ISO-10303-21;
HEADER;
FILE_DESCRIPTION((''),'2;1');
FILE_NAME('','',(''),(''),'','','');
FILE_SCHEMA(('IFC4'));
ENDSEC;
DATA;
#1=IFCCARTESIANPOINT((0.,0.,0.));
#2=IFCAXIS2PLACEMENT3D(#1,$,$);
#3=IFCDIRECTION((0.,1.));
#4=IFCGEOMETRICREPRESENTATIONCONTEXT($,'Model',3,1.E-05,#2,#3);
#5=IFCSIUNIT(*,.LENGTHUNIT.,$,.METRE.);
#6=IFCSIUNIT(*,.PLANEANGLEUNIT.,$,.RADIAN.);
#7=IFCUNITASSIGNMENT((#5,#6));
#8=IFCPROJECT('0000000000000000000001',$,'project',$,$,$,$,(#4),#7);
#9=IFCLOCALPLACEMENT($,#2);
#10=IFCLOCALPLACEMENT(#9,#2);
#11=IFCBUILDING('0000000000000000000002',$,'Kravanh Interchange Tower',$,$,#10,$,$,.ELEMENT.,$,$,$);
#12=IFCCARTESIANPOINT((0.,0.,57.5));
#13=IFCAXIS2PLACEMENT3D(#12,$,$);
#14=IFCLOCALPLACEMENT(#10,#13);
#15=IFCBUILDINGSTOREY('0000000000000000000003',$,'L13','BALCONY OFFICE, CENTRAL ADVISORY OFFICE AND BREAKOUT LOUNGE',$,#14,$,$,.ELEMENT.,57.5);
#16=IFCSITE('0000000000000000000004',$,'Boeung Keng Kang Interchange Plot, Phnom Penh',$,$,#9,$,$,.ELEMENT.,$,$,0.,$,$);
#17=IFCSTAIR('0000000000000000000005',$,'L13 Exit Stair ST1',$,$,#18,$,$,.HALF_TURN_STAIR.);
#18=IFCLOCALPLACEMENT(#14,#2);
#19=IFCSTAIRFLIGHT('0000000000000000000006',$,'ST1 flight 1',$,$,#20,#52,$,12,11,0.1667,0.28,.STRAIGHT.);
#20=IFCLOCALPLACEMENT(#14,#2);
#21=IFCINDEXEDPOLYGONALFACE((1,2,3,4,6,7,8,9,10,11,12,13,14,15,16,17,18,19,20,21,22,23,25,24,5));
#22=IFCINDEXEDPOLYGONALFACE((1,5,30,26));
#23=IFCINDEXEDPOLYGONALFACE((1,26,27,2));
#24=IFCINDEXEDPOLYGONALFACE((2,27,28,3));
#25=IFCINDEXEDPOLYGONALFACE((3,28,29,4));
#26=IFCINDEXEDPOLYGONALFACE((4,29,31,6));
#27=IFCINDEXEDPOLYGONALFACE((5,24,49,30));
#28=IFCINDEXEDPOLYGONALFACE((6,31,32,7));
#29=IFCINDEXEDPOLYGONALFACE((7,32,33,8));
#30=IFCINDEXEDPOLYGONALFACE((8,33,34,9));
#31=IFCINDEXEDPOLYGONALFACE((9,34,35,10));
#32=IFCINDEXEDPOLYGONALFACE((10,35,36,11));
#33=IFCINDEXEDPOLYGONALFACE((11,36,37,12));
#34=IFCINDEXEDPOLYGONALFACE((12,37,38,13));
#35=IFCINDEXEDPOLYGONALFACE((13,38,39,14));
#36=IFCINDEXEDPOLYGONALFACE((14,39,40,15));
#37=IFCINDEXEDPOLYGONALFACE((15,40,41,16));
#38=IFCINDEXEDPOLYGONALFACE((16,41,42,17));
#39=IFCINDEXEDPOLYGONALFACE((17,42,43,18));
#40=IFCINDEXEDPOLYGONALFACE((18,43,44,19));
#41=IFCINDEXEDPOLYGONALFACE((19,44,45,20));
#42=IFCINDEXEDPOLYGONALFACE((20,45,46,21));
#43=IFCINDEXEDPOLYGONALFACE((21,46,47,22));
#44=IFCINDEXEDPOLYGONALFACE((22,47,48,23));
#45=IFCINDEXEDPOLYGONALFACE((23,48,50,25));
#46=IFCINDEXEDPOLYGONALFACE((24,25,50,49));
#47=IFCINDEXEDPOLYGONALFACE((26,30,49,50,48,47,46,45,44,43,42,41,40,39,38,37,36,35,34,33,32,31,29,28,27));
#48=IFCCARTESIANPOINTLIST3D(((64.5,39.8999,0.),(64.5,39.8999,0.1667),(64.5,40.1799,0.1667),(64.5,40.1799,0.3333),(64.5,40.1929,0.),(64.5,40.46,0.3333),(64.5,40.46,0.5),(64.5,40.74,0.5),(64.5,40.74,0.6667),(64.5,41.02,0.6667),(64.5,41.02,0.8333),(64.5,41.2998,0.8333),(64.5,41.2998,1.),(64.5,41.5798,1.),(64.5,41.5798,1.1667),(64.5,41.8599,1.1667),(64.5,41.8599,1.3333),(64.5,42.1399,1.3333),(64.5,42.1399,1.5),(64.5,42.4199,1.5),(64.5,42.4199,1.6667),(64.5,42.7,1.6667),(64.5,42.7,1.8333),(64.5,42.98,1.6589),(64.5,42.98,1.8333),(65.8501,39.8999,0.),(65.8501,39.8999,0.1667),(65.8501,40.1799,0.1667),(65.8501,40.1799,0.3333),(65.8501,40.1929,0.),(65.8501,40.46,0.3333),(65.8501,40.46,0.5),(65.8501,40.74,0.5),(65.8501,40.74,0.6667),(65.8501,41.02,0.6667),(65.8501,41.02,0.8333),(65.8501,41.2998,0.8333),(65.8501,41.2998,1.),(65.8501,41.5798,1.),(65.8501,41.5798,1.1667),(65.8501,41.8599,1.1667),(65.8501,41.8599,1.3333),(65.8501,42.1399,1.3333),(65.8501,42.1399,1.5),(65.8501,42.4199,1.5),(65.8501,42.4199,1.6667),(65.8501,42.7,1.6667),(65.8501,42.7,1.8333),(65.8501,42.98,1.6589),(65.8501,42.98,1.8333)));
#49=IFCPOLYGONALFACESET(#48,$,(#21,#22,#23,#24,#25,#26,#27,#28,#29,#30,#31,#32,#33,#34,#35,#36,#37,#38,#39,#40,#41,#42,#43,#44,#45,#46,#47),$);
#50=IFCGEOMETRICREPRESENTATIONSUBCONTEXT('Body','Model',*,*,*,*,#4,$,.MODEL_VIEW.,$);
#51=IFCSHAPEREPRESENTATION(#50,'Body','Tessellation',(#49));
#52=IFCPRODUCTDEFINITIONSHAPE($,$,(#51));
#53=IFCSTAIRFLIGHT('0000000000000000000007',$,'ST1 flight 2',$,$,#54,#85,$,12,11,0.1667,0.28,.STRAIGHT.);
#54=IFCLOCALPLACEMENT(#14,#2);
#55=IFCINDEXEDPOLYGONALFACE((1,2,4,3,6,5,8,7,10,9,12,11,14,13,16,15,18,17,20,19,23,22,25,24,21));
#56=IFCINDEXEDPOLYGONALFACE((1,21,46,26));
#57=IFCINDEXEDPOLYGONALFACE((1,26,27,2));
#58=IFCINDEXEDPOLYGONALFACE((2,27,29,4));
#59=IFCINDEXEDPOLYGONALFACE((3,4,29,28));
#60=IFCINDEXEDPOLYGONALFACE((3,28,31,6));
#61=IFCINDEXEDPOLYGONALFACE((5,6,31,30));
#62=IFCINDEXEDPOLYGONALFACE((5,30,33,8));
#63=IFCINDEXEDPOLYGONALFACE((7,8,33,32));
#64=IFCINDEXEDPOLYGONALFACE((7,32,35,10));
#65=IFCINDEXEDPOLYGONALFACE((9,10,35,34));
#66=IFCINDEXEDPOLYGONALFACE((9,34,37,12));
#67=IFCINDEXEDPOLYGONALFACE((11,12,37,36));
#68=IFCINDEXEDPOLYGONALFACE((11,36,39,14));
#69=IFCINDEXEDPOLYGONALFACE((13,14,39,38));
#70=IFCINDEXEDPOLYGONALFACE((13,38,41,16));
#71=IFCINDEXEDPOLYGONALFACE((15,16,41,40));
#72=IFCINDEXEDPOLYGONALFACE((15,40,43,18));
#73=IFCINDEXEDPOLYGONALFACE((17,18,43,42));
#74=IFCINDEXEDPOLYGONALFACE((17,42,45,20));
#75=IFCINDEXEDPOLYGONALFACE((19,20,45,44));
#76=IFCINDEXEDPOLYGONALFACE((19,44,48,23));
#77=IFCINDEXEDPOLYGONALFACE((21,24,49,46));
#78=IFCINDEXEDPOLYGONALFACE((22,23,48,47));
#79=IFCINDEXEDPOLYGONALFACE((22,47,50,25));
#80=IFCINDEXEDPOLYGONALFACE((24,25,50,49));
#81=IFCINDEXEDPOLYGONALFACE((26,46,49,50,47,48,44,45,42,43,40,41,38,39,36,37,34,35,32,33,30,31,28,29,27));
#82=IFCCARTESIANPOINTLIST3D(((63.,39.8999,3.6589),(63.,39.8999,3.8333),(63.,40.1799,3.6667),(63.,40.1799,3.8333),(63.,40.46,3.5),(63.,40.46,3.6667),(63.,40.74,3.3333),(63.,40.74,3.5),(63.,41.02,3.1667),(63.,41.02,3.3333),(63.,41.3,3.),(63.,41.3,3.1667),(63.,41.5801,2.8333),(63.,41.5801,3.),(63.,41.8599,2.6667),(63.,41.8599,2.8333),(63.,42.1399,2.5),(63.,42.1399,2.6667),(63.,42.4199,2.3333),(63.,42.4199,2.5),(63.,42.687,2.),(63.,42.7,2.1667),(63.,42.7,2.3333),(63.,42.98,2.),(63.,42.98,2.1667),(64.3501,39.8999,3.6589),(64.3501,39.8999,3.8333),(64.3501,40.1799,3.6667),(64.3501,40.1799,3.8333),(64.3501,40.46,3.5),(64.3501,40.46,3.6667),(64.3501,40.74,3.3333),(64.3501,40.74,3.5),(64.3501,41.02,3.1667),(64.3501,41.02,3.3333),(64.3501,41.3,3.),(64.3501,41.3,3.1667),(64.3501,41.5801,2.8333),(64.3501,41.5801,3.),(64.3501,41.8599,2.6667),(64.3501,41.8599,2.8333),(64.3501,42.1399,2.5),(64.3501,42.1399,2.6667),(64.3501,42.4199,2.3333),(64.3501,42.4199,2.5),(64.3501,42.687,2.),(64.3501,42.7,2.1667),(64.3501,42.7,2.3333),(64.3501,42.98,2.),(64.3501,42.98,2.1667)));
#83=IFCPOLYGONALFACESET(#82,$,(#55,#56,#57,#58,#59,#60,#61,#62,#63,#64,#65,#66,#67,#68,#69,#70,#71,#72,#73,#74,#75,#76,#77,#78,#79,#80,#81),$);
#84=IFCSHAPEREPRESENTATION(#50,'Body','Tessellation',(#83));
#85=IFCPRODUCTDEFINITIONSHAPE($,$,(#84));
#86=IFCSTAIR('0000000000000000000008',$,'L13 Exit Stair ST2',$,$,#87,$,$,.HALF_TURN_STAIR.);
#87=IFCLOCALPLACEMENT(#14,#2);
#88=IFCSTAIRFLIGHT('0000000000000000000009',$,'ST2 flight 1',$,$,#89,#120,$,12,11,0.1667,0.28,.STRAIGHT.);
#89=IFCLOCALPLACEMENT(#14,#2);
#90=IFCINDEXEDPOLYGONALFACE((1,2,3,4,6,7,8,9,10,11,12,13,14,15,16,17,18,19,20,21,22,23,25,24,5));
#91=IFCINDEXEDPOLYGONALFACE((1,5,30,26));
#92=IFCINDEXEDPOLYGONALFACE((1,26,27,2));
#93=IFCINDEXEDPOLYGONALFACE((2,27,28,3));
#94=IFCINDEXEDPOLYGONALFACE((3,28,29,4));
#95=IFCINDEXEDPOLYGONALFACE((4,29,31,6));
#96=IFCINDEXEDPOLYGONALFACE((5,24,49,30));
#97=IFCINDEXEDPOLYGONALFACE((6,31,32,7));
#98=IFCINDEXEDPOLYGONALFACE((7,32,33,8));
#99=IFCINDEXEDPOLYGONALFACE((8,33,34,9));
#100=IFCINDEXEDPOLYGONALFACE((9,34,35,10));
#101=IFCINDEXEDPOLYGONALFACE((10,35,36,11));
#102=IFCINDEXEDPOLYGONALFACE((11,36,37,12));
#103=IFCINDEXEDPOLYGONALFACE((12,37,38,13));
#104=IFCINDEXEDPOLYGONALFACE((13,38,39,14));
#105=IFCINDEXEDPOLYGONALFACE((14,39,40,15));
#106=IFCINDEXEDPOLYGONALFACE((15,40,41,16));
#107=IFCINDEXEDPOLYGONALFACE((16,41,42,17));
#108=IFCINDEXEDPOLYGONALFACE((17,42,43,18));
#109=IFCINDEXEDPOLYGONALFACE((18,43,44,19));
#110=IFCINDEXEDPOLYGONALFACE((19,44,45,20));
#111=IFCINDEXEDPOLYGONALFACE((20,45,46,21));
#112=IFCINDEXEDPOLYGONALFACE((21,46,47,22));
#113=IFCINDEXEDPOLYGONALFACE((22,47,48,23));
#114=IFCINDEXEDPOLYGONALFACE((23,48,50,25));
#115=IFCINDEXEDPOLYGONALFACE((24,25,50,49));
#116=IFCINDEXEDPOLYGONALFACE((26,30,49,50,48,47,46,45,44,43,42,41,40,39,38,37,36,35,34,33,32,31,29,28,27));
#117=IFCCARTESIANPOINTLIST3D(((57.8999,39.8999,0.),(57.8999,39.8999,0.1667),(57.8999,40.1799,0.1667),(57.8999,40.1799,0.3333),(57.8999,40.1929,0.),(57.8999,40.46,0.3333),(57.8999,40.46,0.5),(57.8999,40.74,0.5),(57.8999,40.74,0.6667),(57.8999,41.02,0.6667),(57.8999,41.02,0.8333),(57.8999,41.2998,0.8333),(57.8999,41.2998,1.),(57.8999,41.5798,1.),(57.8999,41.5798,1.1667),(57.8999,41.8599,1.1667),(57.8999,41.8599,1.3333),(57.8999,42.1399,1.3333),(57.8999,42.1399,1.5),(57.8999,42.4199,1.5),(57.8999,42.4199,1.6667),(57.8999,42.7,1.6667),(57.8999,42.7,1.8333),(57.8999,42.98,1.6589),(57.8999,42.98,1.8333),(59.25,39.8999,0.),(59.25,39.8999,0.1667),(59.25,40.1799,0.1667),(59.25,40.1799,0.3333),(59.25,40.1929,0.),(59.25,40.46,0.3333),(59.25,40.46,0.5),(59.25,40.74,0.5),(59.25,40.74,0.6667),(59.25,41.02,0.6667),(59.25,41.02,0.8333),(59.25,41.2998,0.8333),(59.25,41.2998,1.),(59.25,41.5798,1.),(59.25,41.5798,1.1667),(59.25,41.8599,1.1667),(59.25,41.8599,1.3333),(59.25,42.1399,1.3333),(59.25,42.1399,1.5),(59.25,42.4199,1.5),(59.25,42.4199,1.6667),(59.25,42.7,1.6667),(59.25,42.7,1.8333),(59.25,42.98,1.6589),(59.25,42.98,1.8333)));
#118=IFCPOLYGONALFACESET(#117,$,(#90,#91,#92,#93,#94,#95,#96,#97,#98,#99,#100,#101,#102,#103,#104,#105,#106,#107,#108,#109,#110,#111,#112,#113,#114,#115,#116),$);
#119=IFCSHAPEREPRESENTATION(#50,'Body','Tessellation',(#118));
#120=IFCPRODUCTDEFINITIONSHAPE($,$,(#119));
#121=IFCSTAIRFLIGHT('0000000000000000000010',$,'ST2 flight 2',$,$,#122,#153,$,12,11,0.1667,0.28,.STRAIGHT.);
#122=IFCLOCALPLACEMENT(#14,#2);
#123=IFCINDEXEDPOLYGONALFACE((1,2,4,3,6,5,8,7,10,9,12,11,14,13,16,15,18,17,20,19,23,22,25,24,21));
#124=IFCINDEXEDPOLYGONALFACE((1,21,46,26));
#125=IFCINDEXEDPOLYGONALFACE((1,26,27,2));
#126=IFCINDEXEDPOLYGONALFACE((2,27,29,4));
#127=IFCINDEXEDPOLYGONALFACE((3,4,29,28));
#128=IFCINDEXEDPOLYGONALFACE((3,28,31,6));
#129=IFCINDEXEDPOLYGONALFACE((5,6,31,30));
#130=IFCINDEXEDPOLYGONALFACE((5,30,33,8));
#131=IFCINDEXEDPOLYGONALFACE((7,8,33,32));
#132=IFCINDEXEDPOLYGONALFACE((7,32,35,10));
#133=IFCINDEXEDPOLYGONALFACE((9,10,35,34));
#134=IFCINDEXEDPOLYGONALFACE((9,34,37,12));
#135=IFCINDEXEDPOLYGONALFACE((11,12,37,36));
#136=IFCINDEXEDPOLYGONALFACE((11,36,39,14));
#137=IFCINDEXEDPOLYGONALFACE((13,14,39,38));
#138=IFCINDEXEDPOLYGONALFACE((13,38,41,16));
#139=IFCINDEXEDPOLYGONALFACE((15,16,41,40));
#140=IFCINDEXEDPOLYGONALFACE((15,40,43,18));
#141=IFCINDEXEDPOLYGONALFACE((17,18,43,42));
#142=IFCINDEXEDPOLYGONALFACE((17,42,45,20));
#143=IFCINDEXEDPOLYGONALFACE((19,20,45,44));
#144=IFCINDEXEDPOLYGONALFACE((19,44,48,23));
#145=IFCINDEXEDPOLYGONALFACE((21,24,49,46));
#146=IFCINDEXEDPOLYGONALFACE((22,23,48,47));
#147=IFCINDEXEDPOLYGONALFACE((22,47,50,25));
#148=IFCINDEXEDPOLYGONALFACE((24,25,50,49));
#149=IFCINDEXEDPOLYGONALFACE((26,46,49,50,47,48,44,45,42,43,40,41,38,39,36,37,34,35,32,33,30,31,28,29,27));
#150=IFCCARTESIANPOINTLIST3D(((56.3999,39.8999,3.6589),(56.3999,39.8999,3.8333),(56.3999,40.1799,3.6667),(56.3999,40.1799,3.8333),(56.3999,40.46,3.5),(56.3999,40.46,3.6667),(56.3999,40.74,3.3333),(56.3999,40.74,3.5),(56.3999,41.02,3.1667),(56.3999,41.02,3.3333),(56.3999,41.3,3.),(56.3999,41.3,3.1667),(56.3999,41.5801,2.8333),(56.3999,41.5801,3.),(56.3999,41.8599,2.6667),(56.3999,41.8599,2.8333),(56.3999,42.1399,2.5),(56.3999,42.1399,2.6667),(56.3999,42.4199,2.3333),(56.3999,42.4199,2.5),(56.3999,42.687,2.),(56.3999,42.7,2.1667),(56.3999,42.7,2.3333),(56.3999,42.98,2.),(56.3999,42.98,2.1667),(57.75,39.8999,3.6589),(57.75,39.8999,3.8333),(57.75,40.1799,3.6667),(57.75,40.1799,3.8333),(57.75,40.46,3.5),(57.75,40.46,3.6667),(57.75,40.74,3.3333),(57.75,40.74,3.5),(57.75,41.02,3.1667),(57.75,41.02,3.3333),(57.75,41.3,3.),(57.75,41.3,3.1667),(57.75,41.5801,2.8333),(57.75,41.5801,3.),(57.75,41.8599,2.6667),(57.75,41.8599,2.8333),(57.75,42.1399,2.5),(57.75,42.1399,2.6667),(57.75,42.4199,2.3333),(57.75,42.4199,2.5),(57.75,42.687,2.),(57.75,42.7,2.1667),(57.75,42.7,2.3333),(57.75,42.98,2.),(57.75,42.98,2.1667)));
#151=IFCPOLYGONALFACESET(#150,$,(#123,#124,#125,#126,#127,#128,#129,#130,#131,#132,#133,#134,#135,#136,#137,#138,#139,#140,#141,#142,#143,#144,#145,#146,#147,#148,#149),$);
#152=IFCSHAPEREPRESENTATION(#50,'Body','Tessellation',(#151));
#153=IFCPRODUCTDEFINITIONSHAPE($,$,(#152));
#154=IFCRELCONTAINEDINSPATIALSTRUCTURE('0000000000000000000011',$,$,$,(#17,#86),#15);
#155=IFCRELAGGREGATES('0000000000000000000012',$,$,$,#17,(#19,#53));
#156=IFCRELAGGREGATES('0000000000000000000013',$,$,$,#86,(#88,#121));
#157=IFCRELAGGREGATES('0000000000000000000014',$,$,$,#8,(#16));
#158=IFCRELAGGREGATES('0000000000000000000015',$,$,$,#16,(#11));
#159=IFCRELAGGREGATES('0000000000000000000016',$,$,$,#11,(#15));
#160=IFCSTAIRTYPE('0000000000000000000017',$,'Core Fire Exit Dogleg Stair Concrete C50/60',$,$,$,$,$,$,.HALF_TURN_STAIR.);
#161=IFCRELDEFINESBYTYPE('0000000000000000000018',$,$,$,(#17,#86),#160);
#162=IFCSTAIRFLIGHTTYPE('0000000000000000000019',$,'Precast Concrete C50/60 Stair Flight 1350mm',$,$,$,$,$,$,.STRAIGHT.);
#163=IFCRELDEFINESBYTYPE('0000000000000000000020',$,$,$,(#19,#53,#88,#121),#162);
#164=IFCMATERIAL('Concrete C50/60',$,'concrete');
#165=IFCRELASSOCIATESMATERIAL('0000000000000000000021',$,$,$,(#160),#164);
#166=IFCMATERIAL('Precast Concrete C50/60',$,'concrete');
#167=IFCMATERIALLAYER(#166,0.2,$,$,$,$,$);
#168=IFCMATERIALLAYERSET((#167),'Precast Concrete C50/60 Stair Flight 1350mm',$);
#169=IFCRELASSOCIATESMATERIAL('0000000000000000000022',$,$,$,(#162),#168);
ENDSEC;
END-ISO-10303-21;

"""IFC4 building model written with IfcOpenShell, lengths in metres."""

from ifc_helpers import new_model, si_unit, direction, frame, origin, place, context, subcontext, project, spatial, polyline, outline, extrude, material, layer, layer_set, type_object, element, aggregate, save


model = new_model("IFC4")

# Units and contexts
model_context = context("Model", 3, precision=1e-05, world=origin(), true_north=direction((0.0, 1.0)))
body_context = subcontext(model_context, "Body", "Model", "MODEL_VIEW")
ifc_project = project(units=[si_unit("LENGTHUNIT", "METRE"), si_unit("PLANEANGLEUNIT", "RADIAN")], contexts=[model_context])

# Site, building, storey
site_placement = place(None, origin())
site = spatial("IfcSite", under=ifc_project, at=site_placement, Name="Boeung Keng Kang Interchange Plot, Phnom Penh", CompositionType="ELEMENT", RefElevation=0.0)
building_placement = place(site_placement, origin())
building = spatial("IfcBuilding", under=site, at=building_placement, Name="Kravanh Interchange Tower", CompositionType="ELEMENT")
storey_placement = place(building_placement, frame((0.0, 0.0, 57.5)))
storey = spatial("IfcBuildingStorey", under=building, at=storey_placement, Name="L13", Description="BALCONY OFFICE, CENTRAL ADVISORY OFFICE AND BREAKOUT LOUNGE", CompositionType="ELEMENT", Elevation=57.5)

# Stairs, stair flights
ifc_material_1 = material(Name="Concrete C50/60", Category="concrete")
stair_type = type_object("IfcStairType", Name="Core Fire Exit Dogleg Stair Concrete C50/60", PredefinedType="HALF_TURN_STAIR", material=ifc_material_1)
stair_1_placement = place(storey_placement, origin())
stair_1 = element("IfcStair", 1, at=stair_1_placement, inside=storey, type_object=stair_type, Name="L13 Exit Stair ST1", PredefinedType="HALF_TURN_STAIR")
ifc_material_2 = material(Name="Precast Concrete C50/60", Category="concrete")
ifc_layer_1 = layer(ifc_material_2, 0.2)
ifc_layer_set_1 = layer_set([ifc_layer_1], Name="Precast Concrete C50/60 Stair Flight 1350mm")
stair_flight_type = type_object("IfcStairFlightType", Name="Precast Concrete C50/60 Stair Flight 1350mm", PredefinedType="STRAIGHT", material=ifc_layer_set_1)
stair_flight_1_placement = place(storey_placement, frame((65.175, 39.8999, 0.0), z_axis=(0.0, 0.0, 1.0), x_axis=(0.0, 1.0, 0.0)))
stair_flight_1 = element("IfcStairFlight", 2, at=stair_flight_1_placement, type_object=stair_flight_type, Name="ST1 flight 1", NumberOfRisers=12, NumberOfTreads=11, PredefinedType="STRAIGHT", RiserHeight=0.1667, TreadLength=0.28, context=body_context, shape_type="SweptSolid", body=[
    extrude(outline(polyline([(0.0, 0.0), (0.0, 0.1667), (0.28, 0.1667), (0.28, 0.3333), (0.5601, 0.3333), (0.5601, 0.5), (0.8401, 0.5), (0.8401, 0.6667), (1.1201, 0.6667), (1.1201, 0.8333), (1.3999, 0.8333), (1.3999, 1.0), (1.6799, 1.0), (1.6799, 1.1667), (1.96, 1.1667), (1.96, 1.3333), (2.24, 1.3333), (2.24, 1.5), (2.52, 1.5), (2.52, 1.6667), (2.8, 1.6667), (2.8, 1.8333), (3.0801, 1.8333), (3.0801, 2.0), (3.0801, 1.6589), (0.293, 0.0), (0.0, 0.0)])), frame((0.0, 0.675, 0.0), z_axis=(0.0, -1.0, 0.0), x_axis=(1.0, 0.0, 0.0)), (0.0, 0.0, 1.0), 1.3501),
])
stair_flight_2_placement = place(storey_placement, frame((63.675, 42.98, 2.0), z_axis=(0.0, 0.0, 1.0), x_axis=(0.0, -1.0, 0.0)))
stair_flight_2 = element("IfcStairFlight", 3, at=stair_flight_2_placement, type_object=stair_flight_type, Name="ST1 flight 2", NumberOfRisers=12, NumberOfTreads=11, PredefinedType="STRAIGHT", RiserHeight=0.1667, TreadLength=0.28, context=body_context, shape_type="SweptSolid", body=[
    extrude(outline(polyline([(0.0, 0.0), (0.0, 0.1667), (0.28, 0.1667), (0.28, 0.3333), (0.5601, 0.3333), (0.5601, 0.5), (0.8401, 0.5), (0.8401, 0.6667), (1.1201, 0.6667), (1.1201, 0.8333), (1.3999, 0.8333), (1.3999, 1.0), (1.6799, 1.0), (1.6799, 1.1667), (1.96, 1.1667), (1.96, 1.3333), (2.24, 1.3333), (2.24, 1.5), (2.52, 1.5), (2.52, 1.6667), (2.8, 1.6667), (2.8, 1.8333), (3.0801, 1.8333), (3.0801, 2.0), (3.0801, 1.6589), (0.293, 0.0), (0.0, 0.0)])), frame((0.0, 0.675, 0.0), z_axis=(0.0, -1.0, 0.0), x_axis=(1.0, 0.0, 0.0)), (0.0, 0.0, 1.0), 1.3501),
])
aggregate(stair_1, [stair_flight_1, stair_flight_2])
stair_2_placement = place(storey_placement, origin())
stair_2 = element("IfcStair", 4, at=stair_2_placement, inside=storey, type_object=stair_type, Name="L13 Exit Stair ST2", PredefinedType="HALF_TURN_STAIR")
stair_flight_3_placement = place(storey_placement, frame((58.575, 39.8999, 0.0), z_axis=(0.0, 0.0, 1.0), x_axis=(0.0, 1.0, 0.0)))
stair_flight_3 = element("IfcStairFlight", 5, at=stair_flight_3_placement, type_object=stair_flight_type, Name="ST2 flight 1", NumberOfRisers=12, NumberOfTreads=11, PredefinedType="STRAIGHT", RiserHeight=0.1667, TreadLength=0.28, context=body_context, shape_type="SweptSolid", body=[
    extrude(outline(polyline([(0.0, 0.0), (0.0, 0.1667), (0.28, 0.1667), (0.28, 0.3333), (0.5601, 0.3333), (0.5601, 0.5), (0.8401, 0.5), (0.8401, 0.6667), (1.1201, 0.6667), (1.1201, 0.8333), (1.3999, 0.8333), (1.3999, 1.0), (1.6799, 1.0), (1.6799, 1.1667), (1.96, 1.1667), (1.96, 1.3333), (2.24, 1.3333), (2.24, 1.5), (2.52, 1.5), (2.52, 1.6667), (2.8, 1.6667), (2.8, 1.8333), (3.0801, 1.8333), (3.0801, 2.0), (3.0801, 1.6589), (0.293, 0.0), (0.0, 0.0)])), frame((0.0, 0.675, 0.0), z_axis=(0.0, -1.0, 0.0), x_axis=(1.0, 0.0, 0.0)), (0.0, 0.0, 1.0), 1.3501),
])
stair_flight_4_placement = place(storey_placement, frame((57.075, 42.98, 2.0), z_axis=(0.0, 0.0, 1.0), x_axis=(0.0, -1.0, 0.0)))
stair_flight_4 = element("IfcStairFlight", 6, at=stair_flight_4_placement, type_object=stair_flight_type, Name="ST2 flight 2", NumberOfRisers=12, NumberOfTreads=11, PredefinedType="STRAIGHT", RiserHeight=0.1667, TreadLength=0.28, context=body_context, shape_type="SweptSolid", body=[
    extrude(outline(polyline([(0.0, 0.0), (0.0, 0.1667), (0.28, 0.1667), (0.28, 0.3333), (0.5601, 0.3333), (0.5601, 0.5), (0.8401, 0.5), (0.8401, 0.6667), (1.1201, 0.6667), (1.1201, 0.8333), (1.3999, 0.8333), (1.3999, 1.0), (1.6799, 1.0), (1.6799, 1.1667), (1.96, 1.1667), (1.96, 1.3333), (2.24, 1.3333), (2.24, 1.5), (2.52, 1.5), (2.52, 1.6667), (2.8, 1.6667), (2.8, 1.8333), (3.0801, 1.8333), (3.0801, 2.0), (3.0801, 1.6589), (0.293, 0.0), (0.0, 0.0)])), frame((0.0, 0.675, 0.0), z_axis=(0.0, -1.0, 0.0), x_axis=(1.0, 0.0, 0.0)), (0.0, 0.0, 1.0), 1.3501),
])
aggregate(stair_2, [stair_flight_3, stair_flight_4])

save(model, "model.ifc")
